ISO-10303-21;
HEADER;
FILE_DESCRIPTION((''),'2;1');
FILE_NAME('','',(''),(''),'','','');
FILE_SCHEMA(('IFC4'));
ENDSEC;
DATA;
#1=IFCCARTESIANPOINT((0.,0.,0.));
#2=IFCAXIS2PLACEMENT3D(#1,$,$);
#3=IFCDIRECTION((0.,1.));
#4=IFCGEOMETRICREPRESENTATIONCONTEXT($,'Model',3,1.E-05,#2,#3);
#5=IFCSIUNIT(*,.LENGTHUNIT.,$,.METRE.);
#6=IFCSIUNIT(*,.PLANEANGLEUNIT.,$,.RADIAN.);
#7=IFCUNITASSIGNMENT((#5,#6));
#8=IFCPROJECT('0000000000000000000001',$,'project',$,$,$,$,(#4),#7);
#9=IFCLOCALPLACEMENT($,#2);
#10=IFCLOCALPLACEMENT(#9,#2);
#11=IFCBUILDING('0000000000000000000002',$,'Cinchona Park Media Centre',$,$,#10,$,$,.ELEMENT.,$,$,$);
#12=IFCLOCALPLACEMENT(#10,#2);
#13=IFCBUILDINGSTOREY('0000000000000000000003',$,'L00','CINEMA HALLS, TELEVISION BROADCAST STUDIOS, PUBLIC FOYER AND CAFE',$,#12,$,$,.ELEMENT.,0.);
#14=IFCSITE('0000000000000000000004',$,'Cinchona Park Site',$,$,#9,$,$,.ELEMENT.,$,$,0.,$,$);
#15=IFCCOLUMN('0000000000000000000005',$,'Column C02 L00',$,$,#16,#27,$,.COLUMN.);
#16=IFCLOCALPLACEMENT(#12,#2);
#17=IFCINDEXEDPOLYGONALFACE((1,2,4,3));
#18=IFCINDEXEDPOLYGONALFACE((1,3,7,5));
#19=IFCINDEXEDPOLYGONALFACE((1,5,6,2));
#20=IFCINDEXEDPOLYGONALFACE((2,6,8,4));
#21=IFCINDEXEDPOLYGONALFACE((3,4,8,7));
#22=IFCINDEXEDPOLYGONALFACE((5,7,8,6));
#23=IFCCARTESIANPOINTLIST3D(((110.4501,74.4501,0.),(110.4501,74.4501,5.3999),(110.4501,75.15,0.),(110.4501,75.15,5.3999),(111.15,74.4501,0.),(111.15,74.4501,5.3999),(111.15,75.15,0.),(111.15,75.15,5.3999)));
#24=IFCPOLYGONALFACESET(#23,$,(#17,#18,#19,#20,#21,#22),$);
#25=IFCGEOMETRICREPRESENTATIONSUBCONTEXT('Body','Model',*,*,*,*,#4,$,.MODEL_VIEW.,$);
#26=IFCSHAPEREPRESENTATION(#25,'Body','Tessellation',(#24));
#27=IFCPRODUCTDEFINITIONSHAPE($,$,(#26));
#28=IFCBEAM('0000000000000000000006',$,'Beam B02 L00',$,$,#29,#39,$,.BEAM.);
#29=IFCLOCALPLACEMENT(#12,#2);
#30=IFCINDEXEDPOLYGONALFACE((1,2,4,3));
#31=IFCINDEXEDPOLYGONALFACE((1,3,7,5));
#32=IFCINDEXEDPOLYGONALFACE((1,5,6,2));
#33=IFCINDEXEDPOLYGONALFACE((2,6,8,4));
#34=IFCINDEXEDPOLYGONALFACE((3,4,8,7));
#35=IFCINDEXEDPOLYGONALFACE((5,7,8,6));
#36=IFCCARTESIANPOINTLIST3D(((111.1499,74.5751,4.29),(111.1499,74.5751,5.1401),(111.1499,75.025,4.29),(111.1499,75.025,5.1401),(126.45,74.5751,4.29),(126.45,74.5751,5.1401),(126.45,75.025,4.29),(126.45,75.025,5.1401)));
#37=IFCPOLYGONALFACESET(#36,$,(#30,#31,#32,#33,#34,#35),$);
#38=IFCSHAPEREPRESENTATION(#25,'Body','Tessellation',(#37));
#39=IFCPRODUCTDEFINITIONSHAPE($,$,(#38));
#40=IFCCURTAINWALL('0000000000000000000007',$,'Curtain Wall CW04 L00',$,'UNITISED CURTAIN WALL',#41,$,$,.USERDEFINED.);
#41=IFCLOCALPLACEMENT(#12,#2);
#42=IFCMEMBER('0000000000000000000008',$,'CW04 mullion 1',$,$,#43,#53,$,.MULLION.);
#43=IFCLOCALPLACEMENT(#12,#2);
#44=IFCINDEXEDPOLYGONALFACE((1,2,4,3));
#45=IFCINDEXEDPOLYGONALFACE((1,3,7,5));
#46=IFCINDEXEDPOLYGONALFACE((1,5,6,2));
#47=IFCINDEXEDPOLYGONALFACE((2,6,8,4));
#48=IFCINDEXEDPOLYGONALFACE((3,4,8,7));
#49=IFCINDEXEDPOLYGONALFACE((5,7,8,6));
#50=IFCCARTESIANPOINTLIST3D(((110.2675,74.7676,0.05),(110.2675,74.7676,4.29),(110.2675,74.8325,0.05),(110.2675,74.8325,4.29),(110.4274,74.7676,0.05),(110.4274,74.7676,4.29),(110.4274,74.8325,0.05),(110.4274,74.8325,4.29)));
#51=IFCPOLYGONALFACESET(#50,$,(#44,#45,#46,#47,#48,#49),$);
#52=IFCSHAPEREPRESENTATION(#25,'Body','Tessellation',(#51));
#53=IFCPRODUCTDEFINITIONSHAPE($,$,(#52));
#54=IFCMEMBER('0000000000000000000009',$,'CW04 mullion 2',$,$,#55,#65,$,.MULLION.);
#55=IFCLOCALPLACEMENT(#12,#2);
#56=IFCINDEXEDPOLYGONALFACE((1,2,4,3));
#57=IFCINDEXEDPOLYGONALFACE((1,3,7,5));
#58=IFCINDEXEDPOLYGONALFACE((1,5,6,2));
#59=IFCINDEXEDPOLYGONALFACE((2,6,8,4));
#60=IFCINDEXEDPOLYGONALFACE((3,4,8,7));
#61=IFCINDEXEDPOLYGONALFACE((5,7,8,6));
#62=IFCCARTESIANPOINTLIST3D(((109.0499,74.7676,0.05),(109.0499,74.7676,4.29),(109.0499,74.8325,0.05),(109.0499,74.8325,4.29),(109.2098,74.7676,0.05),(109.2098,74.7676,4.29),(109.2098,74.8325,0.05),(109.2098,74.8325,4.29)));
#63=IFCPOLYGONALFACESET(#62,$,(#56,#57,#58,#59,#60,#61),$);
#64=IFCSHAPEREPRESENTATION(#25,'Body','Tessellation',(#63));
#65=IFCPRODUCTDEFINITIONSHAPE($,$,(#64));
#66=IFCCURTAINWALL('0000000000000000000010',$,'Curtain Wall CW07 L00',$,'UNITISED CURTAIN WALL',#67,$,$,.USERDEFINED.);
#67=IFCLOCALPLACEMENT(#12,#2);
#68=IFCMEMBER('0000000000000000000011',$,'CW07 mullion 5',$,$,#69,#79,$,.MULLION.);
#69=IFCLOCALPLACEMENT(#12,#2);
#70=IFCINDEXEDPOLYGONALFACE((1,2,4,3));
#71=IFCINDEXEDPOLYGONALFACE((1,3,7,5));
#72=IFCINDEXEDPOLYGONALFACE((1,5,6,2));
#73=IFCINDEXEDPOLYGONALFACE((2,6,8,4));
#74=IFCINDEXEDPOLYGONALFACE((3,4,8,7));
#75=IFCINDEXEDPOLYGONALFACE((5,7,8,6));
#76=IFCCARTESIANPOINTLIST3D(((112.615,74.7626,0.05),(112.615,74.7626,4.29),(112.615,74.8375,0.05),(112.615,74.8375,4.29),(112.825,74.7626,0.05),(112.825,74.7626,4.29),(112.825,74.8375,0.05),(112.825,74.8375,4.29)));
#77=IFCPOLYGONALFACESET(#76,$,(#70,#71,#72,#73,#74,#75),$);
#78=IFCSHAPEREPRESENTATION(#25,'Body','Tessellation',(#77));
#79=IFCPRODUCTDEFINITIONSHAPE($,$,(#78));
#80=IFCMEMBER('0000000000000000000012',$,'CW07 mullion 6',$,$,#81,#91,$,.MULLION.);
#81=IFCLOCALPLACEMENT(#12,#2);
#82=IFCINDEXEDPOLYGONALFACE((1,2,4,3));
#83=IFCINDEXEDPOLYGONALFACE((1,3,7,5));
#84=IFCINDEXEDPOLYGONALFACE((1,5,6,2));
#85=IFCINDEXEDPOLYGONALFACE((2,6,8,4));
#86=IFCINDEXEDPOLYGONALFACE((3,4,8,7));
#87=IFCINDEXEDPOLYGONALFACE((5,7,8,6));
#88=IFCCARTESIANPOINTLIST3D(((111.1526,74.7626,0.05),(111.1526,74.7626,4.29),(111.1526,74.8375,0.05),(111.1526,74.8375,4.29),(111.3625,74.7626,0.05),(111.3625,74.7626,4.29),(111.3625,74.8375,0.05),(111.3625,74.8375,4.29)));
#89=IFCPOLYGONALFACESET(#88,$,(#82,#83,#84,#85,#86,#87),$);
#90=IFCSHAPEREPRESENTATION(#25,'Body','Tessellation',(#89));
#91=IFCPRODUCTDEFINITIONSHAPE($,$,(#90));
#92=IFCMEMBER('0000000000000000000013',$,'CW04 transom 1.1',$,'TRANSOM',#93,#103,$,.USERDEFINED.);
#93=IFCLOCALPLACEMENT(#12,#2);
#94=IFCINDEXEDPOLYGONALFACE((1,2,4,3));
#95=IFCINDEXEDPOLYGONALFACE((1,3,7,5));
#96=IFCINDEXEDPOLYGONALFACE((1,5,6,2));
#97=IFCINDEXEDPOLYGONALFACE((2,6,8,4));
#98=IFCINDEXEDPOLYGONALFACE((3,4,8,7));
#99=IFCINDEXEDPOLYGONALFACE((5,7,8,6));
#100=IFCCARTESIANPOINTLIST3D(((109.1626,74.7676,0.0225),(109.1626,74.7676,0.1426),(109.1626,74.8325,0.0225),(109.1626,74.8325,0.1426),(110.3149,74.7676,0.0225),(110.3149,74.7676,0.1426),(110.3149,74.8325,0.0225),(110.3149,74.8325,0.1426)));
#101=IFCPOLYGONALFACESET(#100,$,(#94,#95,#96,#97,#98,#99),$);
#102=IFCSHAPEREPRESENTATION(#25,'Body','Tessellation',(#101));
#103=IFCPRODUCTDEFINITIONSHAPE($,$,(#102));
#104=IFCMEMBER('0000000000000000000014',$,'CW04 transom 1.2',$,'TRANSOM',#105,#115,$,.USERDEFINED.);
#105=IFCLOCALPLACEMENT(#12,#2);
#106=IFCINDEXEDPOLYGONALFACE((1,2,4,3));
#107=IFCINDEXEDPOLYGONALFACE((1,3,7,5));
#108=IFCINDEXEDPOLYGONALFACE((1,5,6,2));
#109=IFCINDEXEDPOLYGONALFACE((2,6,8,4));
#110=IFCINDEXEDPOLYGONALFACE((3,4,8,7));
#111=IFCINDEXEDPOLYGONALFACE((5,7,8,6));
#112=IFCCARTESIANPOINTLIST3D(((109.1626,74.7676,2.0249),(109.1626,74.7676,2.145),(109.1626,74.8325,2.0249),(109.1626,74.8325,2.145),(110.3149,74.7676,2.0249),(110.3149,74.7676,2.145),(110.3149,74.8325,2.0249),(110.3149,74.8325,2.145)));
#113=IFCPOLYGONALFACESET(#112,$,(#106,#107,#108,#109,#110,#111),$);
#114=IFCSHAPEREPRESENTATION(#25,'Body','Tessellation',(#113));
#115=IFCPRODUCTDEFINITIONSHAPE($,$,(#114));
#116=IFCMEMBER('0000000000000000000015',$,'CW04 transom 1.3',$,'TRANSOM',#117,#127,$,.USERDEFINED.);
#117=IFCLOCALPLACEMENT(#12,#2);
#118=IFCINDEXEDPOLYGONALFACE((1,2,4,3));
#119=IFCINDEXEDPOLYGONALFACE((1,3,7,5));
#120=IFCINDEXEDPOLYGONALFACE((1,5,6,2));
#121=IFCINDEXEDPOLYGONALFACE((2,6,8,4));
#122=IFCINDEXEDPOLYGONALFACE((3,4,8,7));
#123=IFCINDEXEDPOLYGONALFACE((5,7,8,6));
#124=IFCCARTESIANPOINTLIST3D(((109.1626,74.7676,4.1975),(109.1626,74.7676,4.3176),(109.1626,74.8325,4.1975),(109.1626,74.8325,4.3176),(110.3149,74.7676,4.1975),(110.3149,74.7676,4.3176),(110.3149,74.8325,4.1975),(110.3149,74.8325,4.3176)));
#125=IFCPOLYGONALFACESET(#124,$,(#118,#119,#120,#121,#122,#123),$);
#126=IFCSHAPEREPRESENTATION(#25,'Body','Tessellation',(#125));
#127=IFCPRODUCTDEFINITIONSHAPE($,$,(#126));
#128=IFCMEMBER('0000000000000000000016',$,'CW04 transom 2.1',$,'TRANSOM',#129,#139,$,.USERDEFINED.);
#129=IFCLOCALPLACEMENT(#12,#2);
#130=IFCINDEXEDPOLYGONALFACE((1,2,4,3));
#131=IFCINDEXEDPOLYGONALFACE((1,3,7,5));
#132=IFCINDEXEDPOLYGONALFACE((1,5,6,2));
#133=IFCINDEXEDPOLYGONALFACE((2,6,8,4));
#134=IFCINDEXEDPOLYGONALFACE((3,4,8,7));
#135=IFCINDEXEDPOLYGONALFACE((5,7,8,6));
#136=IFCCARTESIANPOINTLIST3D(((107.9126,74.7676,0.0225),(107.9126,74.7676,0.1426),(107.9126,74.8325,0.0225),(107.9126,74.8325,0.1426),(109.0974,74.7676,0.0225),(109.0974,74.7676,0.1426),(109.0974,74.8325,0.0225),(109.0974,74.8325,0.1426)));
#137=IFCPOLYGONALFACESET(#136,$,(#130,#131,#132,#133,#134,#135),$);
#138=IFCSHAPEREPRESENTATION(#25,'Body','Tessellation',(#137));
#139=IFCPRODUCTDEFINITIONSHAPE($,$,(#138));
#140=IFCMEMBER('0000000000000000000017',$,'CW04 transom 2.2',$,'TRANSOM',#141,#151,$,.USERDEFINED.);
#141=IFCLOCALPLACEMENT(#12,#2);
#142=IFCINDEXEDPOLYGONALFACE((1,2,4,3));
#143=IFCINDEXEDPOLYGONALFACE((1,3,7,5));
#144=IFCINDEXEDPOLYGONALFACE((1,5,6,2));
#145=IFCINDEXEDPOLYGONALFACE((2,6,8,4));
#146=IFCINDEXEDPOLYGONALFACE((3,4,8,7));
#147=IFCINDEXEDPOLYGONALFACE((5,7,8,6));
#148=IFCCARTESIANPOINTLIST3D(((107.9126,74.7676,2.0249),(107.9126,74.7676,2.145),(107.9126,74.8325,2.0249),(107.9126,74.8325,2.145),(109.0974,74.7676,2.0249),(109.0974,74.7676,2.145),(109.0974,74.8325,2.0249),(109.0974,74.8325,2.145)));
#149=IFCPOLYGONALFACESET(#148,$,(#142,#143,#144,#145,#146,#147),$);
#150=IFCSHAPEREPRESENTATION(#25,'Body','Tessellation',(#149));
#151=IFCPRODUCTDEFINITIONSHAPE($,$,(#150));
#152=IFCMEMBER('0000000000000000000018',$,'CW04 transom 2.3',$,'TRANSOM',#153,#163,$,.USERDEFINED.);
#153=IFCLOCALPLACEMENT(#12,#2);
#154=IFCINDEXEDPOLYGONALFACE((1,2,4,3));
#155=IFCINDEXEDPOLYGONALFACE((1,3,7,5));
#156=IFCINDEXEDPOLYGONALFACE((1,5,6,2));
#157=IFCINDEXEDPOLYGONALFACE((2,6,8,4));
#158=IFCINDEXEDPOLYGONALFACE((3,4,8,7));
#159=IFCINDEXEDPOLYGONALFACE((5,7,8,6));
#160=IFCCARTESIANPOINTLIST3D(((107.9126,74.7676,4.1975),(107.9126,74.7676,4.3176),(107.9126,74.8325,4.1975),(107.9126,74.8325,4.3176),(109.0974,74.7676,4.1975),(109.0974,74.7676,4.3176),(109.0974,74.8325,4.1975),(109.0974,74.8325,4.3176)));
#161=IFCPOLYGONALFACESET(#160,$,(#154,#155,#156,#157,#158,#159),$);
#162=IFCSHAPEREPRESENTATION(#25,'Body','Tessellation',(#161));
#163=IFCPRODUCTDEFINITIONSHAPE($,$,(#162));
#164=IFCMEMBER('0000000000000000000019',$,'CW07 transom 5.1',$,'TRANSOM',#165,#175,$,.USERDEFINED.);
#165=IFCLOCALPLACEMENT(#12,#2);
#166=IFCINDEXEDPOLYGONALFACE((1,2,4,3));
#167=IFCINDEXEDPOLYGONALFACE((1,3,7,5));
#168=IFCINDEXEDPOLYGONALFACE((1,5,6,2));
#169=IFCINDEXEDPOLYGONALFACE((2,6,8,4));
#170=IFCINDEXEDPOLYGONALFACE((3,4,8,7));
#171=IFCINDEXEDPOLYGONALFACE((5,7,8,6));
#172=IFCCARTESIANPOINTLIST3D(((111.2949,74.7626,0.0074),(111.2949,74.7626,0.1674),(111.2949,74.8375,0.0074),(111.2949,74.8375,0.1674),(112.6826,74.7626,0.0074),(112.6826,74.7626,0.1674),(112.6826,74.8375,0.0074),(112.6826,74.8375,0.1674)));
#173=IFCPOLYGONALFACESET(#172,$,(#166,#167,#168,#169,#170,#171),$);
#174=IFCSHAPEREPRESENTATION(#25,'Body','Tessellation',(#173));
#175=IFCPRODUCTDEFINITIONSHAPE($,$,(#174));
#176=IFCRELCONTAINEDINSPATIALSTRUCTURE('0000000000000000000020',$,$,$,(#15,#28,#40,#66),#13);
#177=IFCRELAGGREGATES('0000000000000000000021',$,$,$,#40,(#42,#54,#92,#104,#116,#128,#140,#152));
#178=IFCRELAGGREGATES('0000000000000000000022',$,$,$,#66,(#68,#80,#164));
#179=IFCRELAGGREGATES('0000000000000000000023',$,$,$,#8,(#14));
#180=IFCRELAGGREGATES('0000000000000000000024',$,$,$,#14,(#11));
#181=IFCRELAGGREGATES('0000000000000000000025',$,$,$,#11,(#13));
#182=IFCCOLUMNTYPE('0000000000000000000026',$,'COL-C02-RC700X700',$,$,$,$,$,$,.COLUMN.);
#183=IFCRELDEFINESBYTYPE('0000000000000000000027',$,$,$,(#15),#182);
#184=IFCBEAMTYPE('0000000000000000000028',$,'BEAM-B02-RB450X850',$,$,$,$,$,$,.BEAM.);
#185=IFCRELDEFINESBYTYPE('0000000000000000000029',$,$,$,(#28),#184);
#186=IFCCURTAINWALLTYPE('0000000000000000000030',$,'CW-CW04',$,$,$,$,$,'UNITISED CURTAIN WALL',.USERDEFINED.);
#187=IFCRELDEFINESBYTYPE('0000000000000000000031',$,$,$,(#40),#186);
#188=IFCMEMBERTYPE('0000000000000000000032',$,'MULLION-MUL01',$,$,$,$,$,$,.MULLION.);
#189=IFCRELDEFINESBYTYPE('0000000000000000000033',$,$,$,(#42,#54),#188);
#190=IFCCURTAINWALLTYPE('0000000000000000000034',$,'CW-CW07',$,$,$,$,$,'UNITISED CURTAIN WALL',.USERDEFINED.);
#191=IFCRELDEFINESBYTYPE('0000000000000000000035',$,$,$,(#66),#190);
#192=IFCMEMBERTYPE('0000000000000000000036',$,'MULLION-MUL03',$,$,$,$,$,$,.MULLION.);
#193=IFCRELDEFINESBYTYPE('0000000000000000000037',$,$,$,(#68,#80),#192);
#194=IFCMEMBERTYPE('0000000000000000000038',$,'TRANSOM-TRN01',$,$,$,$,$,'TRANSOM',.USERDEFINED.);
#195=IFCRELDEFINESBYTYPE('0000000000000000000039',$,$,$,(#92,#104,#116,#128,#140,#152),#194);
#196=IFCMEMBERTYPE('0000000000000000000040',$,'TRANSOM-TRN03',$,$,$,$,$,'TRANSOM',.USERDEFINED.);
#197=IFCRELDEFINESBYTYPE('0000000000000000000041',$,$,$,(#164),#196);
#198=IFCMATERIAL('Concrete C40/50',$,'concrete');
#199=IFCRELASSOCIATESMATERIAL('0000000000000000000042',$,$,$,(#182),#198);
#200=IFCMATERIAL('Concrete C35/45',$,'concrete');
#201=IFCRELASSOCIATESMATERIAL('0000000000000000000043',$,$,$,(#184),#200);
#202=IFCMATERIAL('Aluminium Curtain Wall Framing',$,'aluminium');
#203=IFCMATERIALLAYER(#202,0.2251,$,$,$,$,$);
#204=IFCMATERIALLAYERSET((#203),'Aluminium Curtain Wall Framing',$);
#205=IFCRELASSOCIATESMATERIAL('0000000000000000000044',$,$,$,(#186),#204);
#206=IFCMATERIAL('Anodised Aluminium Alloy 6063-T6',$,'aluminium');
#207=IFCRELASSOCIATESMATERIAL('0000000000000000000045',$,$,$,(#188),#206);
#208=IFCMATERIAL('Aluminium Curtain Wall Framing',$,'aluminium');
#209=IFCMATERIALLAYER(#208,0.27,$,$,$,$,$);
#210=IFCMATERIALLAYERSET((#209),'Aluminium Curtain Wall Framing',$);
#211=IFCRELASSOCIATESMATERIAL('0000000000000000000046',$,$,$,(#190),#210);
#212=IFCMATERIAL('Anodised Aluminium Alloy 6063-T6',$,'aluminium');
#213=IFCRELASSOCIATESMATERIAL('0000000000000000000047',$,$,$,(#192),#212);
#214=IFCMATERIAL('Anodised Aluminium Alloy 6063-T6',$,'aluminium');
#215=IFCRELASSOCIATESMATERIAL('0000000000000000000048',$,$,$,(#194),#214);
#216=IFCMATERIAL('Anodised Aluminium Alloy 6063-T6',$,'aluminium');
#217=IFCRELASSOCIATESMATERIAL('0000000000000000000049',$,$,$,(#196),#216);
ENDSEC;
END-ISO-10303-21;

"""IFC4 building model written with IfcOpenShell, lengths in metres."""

from ifc_helpers import new_model, si_unit, direction, frame, origin, origin_2d, place, context, subcontext, project, spatial, rectangle, extrude, material, layer, layer_set, material_profile, profile_set, type_object, element, aggregate, save


model = new_model("IFC4")

# Units and contexts
model_context = context("Model", 3, precision=1e-05, world=origin(), true_north=direction((0.0, 1.0)))
body_context = subcontext(model_context, "Body", "Model", "MODEL_VIEW")
ifc_project = project(units=[si_unit("LENGTHUNIT", "METRE"), si_unit("PLANEANGLEUNIT", "RADIAN")], contexts=[model_context])

# Site, building, storey
site_placement = place(None, origin())
site = spatial("IfcSite", under=ifc_project, at=site_placement, Name="Cinchona Park Site", CompositionType="ELEMENT", RefElevation=0.0)
building_placement = place(site_placement, origin())
building = spatial("IfcBuilding", under=site, at=building_placement, Name="Cinchona Park Media Centre", CompositionType="ELEMENT")
storey_placement = place(building_placement, origin())
storey = spatial("IfcBuildingStorey", under=building, at=storey_placement, Name="L00", Description="CINEMA HALLS, TELEVISION BROADCAST STUDIOS, PUBLIC FOYER AND CAFE", CompositionType="ELEMENT", Elevation=0.0)

# Column
ifc_material_1 = material(Name="Concrete C40/50", Category="concrete")
ifc_material_profile_1 = material_profile(ifc_material_1, rectangle(XDim=0.7, YDim=0.7, at=origin_2d()), Name="RC 700X700")
ifc_profile_set_1 = profile_set([ifc_material_profile_1], Name="Concrete C40/50")
column_type = type_object("IfcColumnType", Name="COL-C02-RC700X700", PredefinedType="COLUMN", material=ifc_profile_set_1)
column_placement = place(storey_placement, frame((110.8, 74.8, 0.0), z_axis=(0.0, 0.0, 1.0), x_axis=(1.0, 0.0, 0.0)))
element("IfcColumn", 1, at=column_placement, inside=storey, type_object=column_type, Name="Column C02 L00", PredefinedType="COLUMN", context=body_context, shape_type="SweptSolid", body=[
    extrude(rectangle(XDim=0.7, YDim=0.7, at=origin_2d()), origin(), (0.0, 0.0, 1.0), 5.3999),
])

# Beam
ifc_material_2 = material(Name="Concrete C35/45", Category="concrete")
ifc_material_profile_2 = material_profile(ifc_material_2, rectangle(XDim=0.45, YDim=0.8501, at=origin_2d()), Name="RB 450X850")
ifc_profile_set_2 = profile_set([ifc_material_profile_2], Name="Concrete C35/45")
beam_type = type_object("IfcBeamType", Name="BEAM-B02-RB450X850", PredefinedType="BEAM", material=ifc_profile_set_2)
beam_placement = place(storey_placement, frame((111.1499, 74.8, 4.7151), z_axis=(1.0, 0.0, 0.0), x_axis=(0.0, 1.0, 0.0)))
element("IfcBeam", 2, at=beam_placement, inside=storey, type_object=beam_type, Name="Beam B02 L00", PredefinedType="BEAM", context=body_context, shape_type="SweptSolid", body=[
    extrude(rectangle(XDim=0.45, YDim=0.8501, at=origin_2d()), origin(), (0.0, 0.0, 1.0), 15.3),
])

# Curtain walls, members
ifc_material_3 = material(Name="Aluminium Curtain Wall Framing", Category="aluminium")
ifc_layer_1 = layer(ifc_material_3, 0.2251)
ifc_layer_set_1 = layer_set([ifc_layer_1], Name="Aluminium Curtain Wall Framing")
curtain_wall_type_1 = type_object("IfcCurtainWallType", Name="CW-CW04", ElementType="UNITISED CURTAIN WALL", PredefinedType="USERDEFINED", material=ifc_layer_set_1)
curtain_wall_1_placement = place(storey_placement, origin())
curtain_wall_1 = element("IfcCurtainWall", 3, at=curtain_wall_1_placement, inside=storey, type_object=curtain_wall_type_1, Name="Curtain Wall CW04 L00", ObjectType="UNITISED CURTAIN WALL", PredefinedType="USERDEFINED")
ifc_material_4 = material(Name="Anodised Aluminium Alloy 6063-T6", Category="aluminium")
ifc_material_profile_3 = material_profile(ifc_material_4, rectangle(XDim=0.0649, YDim=0.1599, at=origin_2d()), Name="MUL-65X160")
ifc_profile_set_3 = profile_set([ifc_material_profile_3], Name="Anodised Aluminium Alloy 6063-T6")
member_type_1 = type_object("IfcMemberType", Name="MULLION-MUL01", PredefinedType="MULLION", material=ifc_profile_set_3)
member_1_placement = place(storey_placement, frame((110.3474, 74.8, 0.05), z_axis=(0.0, 0.0, 1.0), x_axis=(0.0, -1.0, 0.0)))
member_1 = element("IfcMember", 4, at=member_1_placement, type_object=member_type_1, Name="CW04 mullion 1", PredefinedType="MULLION", context=body_context, shape_type="SweptSolid", body=[
    extrude(rectangle(XDim=0.0649, YDim=0.1599, at=origin_2d()), origin(), (0.0, 0.0, 1.0), 4.24),
])
member_2_placement = place(storey_placement, frame((109.1299, 74.8, 0.05), z_axis=(0.0, 0.0, 1.0), x_axis=(0.0, -1.0, 0.0)))
member_2 = element("IfcMember", 5, at=member_2_placement, type_object=member_type_1, Name="CW04 mullion 2", PredefinedType="MULLION", context=body_context, shape_type="SweptSolid", body=[
    extrude(rectangle(XDim=0.0649, YDim=0.1599, at=origin_2d()), origin(), (0.0, 0.0, 1.0), 4.24),
])
ifc_material_5 = material(Name="Aluminium Curtain Wall Framing", Category="aluminium")
ifc_layer_2 = layer(ifc_material_5, 0.27)
ifc_layer_set_2 = layer_set([ifc_layer_2], Name="Aluminium Curtain Wall Framing")
curtain_wall_type_2 = type_object("IfcCurtainWallType", Name="CW-CW07", ElementType="UNITISED CURTAIN WALL", PredefinedType="USERDEFINED", material=ifc_layer_set_2)
curtain_wall_2_placement = place(storey_placement, origin())
curtain_wall_2 = element("IfcCurtainWall", 6, at=curtain_wall_2_placement, inside=storey, type_object=curtain_wall_type_2, Name="Curtain Wall CW07 L00", ObjectType="UNITISED CURTAIN WALL", PredefinedType="USERDEFINED")
ifc_material_6 = material(Name="Anodised Aluminium Alloy 6063-T6", Category="aluminium")
ifc_material_profile_4 = material_profile(ifc_material_6, rectangle(XDim=0.075, YDim=0.21, at=origin_2d()), Name="MUL-75X210")
ifc_profile_set_4 = profile_set([ifc_material_profile_4], Name="Anodised Aluminium Alloy 6063-T6")
member_type_2 = type_object("IfcMemberType", Name="MULLION-MUL03", PredefinedType="MULLION", material=ifc_profile_set_4)
member_3_placement = place(storey_placement, frame((112.72, 74.8, 0.05), z_axis=(0.0, 0.0, 1.0), x_axis=(0.0, -1.0, 0.0)))
member_3 = element("IfcMember", 7, at=member_3_placement, type_object=member_type_2, Name="CW07 mullion 5", PredefinedType="MULLION", context=body_context, shape_type="SweptSolid", body=[
    extrude(rectangle(XDim=0.075, YDim=0.21, at=origin_2d()), origin(), (0.0, 0.0, 1.0), 4.24),
])
member_4_placement = place(storey_placement, frame((111.2576, 74.8, 0.05), z_axis=(0.0, 0.0, 1.0), x_axis=(0.0, -1.0, 0.0)))
member_4 = element("IfcMember", 8, at=member_4_placement, type_object=member_type_2, Name="CW07 mullion 6", PredefinedType="MULLION", context=body_context, shape_type="SweptSolid", body=[
    extrude(rectangle(XDim=0.075, YDim=0.21, at=origin_2d()), origin(), (0.0, 0.0, 1.0), 4.24),
])

# Members
ifc_material_7 = material(Name="Anodised Aluminium Alloy 6063-T6", Category="aluminium")
ifc_material_profile_5 = material_profile(ifc_material_7, rectangle(XDim=0.0649, YDim=0.1201, at=origin_2d()), Name="TRN-65X120")
ifc_profile_set_5 = profile_set([ifc_material_profile_5], Name="Anodised Aluminium Alloy 6063-T6")
member_type_3 = type_object("IfcMemberType", Name="TRANSOM-TRN01", ElementType="TRANSOM", PredefinedType="USERDEFINED", material=ifc_profile_set_5)
member_5_placement = place(storey_placement, frame((110.3149, 74.8, 0.0825), z_axis=(-1.0, 0.0, 0.0), x_axis=(0.0, -1.0, 0.0)))
member_5 = element("IfcMember", 9, at=member_5_placement, type_object=member_type_3, Name="CW04 transom 1.1", ObjectType="TRANSOM", PredefinedType="USERDEFINED", context=body_context, shape_type="SweptSolid", body=[
    extrude(rectangle(XDim=0.0649, YDim=0.1201, at=origin_2d()), origin(), (0.0, 0.0, 1.0), 1.1523),
])
member_6_placement = place(storey_placement, frame((110.3149, 74.8, 2.085), z_axis=(-1.0, 0.0, 0.0), x_axis=(0.0, -1.0, 0.0)))
member_6 = element("IfcMember", 10, at=member_6_placement, type_object=member_type_3, Name="CW04 transom 1.2", ObjectType="TRANSOM", PredefinedType="USERDEFINED", context=body_context, shape_type="SweptSolid", body=[
    extrude(rectangle(XDim=0.0649, YDim=0.1201, at=origin_2d()), origin(), (0.0, 0.0, 1.0), 1.1523),
])
member_7_placement = place(storey_placement, frame((110.3149, 74.8, 4.2576), z_axis=(-1.0, 0.0, 0.0), x_axis=(0.0, -1.0, 0.0)))
member_7 = element("IfcMember", 11, at=member_7_placement, type_object=member_type_3, Name="CW04 transom 1.3", ObjectType="TRANSOM", PredefinedType="USERDEFINED", context=body_context, shape_type="SweptSolid", body=[
    extrude(rectangle(XDim=0.0649, YDim=0.1201, at=origin_2d()), origin(), (0.0, 0.0, 1.0), 1.1523),
])
member_8_placement = place(storey_placement, frame((109.0974, 74.8, 0.0825), z_axis=(-1.0, 0.0, 0.0), x_axis=(0.0, -1.0, 0.0)))
member_8 = element("IfcMember", 12, at=member_8_placement, type_object=member_type_3, Name="CW04 transom 2.1", ObjectType="TRANSOM", PredefinedType="USERDEFINED", context=body_context, shape_type="SweptSolid", body=[
    extrude(rectangle(XDim=0.0649, YDim=0.1201, at=origin_2d()), origin(), (0.0, 0.0, 1.0), 1.1848),
])
member_9_placement = place(storey_placement, frame((109.0974, 74.8, 2.085), z_axis=(-1.0, 0.0, 0.0), x_axis=(0.0, -1.0, 0.0)))
member_9 = element("IfcMember", 13, at=member_9_placement, type_object=member_type_3, Name="CW04 transom 2.2", ObjectType="TRANSOM", PredefinedType="USERDEFINED", context=body_context, shape_type="SweptSolid", body=[
    extrude(rectangle(XDim=0.0649, YDim=0.1201, at=origin_2d()), origin(), (0.0, 0.0, 1.0), 1.1848),
])
member_10_placement = place(storey_placement, frame((109.0974, 74.8, 4.2576), z_axis=(-1.0, 0.0, 0.0), x_axis=(0.0, -1.0, 0.0)))
member_10 = element("IfcMember", 14, at=member_10_placement, type_object=member_type_3, Name="CW04 transom 2.3", ObjectType="TRANSOM", PredefinedType="USERDEFINED", context=body_context, shape_type="SweptSolid", body=[
    extrude(rectangle(XDim=0.0649, YDim=0.1201, at=origin_2d()), origin(), (0.0, 0.0, 1.0), 1.1848),
])
ifc_material_8 = material(Name="Anodised Aluminium Alloy 6063-T6", Category="aluminium")
ifc_material_profile_6 = material_profile(ifc_material_8, rectangle(XDim=0.075, YDim=0.1599, at=origin_2d()), Name="TRN-75X160")
ifc_profile_set_6 = profile_set([ifc_material_profile_6], Name="Anodised Aluminium Alloy 6063-T6")
member_type_4 = type_object("IfcMemberType", Name="TRANSOM-TRN03", ElementType="TRANSOM", PredefinedType="USERDEFINED", material=ifc_profile_set_6)
member_11_placement = place(storey_placement, frame((112.6826, 74.8, 0.0874), z_axis=(-1.0, 0.0, 0.0), x_axis=(0.0, -1.0, 0.0)))
member_11 = element("IfcMember", 15, at=member_11_placement, type_object=member_type_4, Name="CW07 transom 5.1", ObjectType="TRANSOM", PredefinedType="USERDEFINED", context=body_context, shape_type="SweptSolid", body=[
    extrude(rectangle(XDim=0.075, YDim=0.1599, at=origin_2d()), origin(), (0.0, 0.0, 1.0), 1.3877),
])

aggregate(curtain_wall_1, [member_1, member_2, member_5, member_6, member_7, member_8, member_9, member_10])
aggregate(curtain_wall_2, [member_3, member_4, member_11])

save(model, "model.ifc")
